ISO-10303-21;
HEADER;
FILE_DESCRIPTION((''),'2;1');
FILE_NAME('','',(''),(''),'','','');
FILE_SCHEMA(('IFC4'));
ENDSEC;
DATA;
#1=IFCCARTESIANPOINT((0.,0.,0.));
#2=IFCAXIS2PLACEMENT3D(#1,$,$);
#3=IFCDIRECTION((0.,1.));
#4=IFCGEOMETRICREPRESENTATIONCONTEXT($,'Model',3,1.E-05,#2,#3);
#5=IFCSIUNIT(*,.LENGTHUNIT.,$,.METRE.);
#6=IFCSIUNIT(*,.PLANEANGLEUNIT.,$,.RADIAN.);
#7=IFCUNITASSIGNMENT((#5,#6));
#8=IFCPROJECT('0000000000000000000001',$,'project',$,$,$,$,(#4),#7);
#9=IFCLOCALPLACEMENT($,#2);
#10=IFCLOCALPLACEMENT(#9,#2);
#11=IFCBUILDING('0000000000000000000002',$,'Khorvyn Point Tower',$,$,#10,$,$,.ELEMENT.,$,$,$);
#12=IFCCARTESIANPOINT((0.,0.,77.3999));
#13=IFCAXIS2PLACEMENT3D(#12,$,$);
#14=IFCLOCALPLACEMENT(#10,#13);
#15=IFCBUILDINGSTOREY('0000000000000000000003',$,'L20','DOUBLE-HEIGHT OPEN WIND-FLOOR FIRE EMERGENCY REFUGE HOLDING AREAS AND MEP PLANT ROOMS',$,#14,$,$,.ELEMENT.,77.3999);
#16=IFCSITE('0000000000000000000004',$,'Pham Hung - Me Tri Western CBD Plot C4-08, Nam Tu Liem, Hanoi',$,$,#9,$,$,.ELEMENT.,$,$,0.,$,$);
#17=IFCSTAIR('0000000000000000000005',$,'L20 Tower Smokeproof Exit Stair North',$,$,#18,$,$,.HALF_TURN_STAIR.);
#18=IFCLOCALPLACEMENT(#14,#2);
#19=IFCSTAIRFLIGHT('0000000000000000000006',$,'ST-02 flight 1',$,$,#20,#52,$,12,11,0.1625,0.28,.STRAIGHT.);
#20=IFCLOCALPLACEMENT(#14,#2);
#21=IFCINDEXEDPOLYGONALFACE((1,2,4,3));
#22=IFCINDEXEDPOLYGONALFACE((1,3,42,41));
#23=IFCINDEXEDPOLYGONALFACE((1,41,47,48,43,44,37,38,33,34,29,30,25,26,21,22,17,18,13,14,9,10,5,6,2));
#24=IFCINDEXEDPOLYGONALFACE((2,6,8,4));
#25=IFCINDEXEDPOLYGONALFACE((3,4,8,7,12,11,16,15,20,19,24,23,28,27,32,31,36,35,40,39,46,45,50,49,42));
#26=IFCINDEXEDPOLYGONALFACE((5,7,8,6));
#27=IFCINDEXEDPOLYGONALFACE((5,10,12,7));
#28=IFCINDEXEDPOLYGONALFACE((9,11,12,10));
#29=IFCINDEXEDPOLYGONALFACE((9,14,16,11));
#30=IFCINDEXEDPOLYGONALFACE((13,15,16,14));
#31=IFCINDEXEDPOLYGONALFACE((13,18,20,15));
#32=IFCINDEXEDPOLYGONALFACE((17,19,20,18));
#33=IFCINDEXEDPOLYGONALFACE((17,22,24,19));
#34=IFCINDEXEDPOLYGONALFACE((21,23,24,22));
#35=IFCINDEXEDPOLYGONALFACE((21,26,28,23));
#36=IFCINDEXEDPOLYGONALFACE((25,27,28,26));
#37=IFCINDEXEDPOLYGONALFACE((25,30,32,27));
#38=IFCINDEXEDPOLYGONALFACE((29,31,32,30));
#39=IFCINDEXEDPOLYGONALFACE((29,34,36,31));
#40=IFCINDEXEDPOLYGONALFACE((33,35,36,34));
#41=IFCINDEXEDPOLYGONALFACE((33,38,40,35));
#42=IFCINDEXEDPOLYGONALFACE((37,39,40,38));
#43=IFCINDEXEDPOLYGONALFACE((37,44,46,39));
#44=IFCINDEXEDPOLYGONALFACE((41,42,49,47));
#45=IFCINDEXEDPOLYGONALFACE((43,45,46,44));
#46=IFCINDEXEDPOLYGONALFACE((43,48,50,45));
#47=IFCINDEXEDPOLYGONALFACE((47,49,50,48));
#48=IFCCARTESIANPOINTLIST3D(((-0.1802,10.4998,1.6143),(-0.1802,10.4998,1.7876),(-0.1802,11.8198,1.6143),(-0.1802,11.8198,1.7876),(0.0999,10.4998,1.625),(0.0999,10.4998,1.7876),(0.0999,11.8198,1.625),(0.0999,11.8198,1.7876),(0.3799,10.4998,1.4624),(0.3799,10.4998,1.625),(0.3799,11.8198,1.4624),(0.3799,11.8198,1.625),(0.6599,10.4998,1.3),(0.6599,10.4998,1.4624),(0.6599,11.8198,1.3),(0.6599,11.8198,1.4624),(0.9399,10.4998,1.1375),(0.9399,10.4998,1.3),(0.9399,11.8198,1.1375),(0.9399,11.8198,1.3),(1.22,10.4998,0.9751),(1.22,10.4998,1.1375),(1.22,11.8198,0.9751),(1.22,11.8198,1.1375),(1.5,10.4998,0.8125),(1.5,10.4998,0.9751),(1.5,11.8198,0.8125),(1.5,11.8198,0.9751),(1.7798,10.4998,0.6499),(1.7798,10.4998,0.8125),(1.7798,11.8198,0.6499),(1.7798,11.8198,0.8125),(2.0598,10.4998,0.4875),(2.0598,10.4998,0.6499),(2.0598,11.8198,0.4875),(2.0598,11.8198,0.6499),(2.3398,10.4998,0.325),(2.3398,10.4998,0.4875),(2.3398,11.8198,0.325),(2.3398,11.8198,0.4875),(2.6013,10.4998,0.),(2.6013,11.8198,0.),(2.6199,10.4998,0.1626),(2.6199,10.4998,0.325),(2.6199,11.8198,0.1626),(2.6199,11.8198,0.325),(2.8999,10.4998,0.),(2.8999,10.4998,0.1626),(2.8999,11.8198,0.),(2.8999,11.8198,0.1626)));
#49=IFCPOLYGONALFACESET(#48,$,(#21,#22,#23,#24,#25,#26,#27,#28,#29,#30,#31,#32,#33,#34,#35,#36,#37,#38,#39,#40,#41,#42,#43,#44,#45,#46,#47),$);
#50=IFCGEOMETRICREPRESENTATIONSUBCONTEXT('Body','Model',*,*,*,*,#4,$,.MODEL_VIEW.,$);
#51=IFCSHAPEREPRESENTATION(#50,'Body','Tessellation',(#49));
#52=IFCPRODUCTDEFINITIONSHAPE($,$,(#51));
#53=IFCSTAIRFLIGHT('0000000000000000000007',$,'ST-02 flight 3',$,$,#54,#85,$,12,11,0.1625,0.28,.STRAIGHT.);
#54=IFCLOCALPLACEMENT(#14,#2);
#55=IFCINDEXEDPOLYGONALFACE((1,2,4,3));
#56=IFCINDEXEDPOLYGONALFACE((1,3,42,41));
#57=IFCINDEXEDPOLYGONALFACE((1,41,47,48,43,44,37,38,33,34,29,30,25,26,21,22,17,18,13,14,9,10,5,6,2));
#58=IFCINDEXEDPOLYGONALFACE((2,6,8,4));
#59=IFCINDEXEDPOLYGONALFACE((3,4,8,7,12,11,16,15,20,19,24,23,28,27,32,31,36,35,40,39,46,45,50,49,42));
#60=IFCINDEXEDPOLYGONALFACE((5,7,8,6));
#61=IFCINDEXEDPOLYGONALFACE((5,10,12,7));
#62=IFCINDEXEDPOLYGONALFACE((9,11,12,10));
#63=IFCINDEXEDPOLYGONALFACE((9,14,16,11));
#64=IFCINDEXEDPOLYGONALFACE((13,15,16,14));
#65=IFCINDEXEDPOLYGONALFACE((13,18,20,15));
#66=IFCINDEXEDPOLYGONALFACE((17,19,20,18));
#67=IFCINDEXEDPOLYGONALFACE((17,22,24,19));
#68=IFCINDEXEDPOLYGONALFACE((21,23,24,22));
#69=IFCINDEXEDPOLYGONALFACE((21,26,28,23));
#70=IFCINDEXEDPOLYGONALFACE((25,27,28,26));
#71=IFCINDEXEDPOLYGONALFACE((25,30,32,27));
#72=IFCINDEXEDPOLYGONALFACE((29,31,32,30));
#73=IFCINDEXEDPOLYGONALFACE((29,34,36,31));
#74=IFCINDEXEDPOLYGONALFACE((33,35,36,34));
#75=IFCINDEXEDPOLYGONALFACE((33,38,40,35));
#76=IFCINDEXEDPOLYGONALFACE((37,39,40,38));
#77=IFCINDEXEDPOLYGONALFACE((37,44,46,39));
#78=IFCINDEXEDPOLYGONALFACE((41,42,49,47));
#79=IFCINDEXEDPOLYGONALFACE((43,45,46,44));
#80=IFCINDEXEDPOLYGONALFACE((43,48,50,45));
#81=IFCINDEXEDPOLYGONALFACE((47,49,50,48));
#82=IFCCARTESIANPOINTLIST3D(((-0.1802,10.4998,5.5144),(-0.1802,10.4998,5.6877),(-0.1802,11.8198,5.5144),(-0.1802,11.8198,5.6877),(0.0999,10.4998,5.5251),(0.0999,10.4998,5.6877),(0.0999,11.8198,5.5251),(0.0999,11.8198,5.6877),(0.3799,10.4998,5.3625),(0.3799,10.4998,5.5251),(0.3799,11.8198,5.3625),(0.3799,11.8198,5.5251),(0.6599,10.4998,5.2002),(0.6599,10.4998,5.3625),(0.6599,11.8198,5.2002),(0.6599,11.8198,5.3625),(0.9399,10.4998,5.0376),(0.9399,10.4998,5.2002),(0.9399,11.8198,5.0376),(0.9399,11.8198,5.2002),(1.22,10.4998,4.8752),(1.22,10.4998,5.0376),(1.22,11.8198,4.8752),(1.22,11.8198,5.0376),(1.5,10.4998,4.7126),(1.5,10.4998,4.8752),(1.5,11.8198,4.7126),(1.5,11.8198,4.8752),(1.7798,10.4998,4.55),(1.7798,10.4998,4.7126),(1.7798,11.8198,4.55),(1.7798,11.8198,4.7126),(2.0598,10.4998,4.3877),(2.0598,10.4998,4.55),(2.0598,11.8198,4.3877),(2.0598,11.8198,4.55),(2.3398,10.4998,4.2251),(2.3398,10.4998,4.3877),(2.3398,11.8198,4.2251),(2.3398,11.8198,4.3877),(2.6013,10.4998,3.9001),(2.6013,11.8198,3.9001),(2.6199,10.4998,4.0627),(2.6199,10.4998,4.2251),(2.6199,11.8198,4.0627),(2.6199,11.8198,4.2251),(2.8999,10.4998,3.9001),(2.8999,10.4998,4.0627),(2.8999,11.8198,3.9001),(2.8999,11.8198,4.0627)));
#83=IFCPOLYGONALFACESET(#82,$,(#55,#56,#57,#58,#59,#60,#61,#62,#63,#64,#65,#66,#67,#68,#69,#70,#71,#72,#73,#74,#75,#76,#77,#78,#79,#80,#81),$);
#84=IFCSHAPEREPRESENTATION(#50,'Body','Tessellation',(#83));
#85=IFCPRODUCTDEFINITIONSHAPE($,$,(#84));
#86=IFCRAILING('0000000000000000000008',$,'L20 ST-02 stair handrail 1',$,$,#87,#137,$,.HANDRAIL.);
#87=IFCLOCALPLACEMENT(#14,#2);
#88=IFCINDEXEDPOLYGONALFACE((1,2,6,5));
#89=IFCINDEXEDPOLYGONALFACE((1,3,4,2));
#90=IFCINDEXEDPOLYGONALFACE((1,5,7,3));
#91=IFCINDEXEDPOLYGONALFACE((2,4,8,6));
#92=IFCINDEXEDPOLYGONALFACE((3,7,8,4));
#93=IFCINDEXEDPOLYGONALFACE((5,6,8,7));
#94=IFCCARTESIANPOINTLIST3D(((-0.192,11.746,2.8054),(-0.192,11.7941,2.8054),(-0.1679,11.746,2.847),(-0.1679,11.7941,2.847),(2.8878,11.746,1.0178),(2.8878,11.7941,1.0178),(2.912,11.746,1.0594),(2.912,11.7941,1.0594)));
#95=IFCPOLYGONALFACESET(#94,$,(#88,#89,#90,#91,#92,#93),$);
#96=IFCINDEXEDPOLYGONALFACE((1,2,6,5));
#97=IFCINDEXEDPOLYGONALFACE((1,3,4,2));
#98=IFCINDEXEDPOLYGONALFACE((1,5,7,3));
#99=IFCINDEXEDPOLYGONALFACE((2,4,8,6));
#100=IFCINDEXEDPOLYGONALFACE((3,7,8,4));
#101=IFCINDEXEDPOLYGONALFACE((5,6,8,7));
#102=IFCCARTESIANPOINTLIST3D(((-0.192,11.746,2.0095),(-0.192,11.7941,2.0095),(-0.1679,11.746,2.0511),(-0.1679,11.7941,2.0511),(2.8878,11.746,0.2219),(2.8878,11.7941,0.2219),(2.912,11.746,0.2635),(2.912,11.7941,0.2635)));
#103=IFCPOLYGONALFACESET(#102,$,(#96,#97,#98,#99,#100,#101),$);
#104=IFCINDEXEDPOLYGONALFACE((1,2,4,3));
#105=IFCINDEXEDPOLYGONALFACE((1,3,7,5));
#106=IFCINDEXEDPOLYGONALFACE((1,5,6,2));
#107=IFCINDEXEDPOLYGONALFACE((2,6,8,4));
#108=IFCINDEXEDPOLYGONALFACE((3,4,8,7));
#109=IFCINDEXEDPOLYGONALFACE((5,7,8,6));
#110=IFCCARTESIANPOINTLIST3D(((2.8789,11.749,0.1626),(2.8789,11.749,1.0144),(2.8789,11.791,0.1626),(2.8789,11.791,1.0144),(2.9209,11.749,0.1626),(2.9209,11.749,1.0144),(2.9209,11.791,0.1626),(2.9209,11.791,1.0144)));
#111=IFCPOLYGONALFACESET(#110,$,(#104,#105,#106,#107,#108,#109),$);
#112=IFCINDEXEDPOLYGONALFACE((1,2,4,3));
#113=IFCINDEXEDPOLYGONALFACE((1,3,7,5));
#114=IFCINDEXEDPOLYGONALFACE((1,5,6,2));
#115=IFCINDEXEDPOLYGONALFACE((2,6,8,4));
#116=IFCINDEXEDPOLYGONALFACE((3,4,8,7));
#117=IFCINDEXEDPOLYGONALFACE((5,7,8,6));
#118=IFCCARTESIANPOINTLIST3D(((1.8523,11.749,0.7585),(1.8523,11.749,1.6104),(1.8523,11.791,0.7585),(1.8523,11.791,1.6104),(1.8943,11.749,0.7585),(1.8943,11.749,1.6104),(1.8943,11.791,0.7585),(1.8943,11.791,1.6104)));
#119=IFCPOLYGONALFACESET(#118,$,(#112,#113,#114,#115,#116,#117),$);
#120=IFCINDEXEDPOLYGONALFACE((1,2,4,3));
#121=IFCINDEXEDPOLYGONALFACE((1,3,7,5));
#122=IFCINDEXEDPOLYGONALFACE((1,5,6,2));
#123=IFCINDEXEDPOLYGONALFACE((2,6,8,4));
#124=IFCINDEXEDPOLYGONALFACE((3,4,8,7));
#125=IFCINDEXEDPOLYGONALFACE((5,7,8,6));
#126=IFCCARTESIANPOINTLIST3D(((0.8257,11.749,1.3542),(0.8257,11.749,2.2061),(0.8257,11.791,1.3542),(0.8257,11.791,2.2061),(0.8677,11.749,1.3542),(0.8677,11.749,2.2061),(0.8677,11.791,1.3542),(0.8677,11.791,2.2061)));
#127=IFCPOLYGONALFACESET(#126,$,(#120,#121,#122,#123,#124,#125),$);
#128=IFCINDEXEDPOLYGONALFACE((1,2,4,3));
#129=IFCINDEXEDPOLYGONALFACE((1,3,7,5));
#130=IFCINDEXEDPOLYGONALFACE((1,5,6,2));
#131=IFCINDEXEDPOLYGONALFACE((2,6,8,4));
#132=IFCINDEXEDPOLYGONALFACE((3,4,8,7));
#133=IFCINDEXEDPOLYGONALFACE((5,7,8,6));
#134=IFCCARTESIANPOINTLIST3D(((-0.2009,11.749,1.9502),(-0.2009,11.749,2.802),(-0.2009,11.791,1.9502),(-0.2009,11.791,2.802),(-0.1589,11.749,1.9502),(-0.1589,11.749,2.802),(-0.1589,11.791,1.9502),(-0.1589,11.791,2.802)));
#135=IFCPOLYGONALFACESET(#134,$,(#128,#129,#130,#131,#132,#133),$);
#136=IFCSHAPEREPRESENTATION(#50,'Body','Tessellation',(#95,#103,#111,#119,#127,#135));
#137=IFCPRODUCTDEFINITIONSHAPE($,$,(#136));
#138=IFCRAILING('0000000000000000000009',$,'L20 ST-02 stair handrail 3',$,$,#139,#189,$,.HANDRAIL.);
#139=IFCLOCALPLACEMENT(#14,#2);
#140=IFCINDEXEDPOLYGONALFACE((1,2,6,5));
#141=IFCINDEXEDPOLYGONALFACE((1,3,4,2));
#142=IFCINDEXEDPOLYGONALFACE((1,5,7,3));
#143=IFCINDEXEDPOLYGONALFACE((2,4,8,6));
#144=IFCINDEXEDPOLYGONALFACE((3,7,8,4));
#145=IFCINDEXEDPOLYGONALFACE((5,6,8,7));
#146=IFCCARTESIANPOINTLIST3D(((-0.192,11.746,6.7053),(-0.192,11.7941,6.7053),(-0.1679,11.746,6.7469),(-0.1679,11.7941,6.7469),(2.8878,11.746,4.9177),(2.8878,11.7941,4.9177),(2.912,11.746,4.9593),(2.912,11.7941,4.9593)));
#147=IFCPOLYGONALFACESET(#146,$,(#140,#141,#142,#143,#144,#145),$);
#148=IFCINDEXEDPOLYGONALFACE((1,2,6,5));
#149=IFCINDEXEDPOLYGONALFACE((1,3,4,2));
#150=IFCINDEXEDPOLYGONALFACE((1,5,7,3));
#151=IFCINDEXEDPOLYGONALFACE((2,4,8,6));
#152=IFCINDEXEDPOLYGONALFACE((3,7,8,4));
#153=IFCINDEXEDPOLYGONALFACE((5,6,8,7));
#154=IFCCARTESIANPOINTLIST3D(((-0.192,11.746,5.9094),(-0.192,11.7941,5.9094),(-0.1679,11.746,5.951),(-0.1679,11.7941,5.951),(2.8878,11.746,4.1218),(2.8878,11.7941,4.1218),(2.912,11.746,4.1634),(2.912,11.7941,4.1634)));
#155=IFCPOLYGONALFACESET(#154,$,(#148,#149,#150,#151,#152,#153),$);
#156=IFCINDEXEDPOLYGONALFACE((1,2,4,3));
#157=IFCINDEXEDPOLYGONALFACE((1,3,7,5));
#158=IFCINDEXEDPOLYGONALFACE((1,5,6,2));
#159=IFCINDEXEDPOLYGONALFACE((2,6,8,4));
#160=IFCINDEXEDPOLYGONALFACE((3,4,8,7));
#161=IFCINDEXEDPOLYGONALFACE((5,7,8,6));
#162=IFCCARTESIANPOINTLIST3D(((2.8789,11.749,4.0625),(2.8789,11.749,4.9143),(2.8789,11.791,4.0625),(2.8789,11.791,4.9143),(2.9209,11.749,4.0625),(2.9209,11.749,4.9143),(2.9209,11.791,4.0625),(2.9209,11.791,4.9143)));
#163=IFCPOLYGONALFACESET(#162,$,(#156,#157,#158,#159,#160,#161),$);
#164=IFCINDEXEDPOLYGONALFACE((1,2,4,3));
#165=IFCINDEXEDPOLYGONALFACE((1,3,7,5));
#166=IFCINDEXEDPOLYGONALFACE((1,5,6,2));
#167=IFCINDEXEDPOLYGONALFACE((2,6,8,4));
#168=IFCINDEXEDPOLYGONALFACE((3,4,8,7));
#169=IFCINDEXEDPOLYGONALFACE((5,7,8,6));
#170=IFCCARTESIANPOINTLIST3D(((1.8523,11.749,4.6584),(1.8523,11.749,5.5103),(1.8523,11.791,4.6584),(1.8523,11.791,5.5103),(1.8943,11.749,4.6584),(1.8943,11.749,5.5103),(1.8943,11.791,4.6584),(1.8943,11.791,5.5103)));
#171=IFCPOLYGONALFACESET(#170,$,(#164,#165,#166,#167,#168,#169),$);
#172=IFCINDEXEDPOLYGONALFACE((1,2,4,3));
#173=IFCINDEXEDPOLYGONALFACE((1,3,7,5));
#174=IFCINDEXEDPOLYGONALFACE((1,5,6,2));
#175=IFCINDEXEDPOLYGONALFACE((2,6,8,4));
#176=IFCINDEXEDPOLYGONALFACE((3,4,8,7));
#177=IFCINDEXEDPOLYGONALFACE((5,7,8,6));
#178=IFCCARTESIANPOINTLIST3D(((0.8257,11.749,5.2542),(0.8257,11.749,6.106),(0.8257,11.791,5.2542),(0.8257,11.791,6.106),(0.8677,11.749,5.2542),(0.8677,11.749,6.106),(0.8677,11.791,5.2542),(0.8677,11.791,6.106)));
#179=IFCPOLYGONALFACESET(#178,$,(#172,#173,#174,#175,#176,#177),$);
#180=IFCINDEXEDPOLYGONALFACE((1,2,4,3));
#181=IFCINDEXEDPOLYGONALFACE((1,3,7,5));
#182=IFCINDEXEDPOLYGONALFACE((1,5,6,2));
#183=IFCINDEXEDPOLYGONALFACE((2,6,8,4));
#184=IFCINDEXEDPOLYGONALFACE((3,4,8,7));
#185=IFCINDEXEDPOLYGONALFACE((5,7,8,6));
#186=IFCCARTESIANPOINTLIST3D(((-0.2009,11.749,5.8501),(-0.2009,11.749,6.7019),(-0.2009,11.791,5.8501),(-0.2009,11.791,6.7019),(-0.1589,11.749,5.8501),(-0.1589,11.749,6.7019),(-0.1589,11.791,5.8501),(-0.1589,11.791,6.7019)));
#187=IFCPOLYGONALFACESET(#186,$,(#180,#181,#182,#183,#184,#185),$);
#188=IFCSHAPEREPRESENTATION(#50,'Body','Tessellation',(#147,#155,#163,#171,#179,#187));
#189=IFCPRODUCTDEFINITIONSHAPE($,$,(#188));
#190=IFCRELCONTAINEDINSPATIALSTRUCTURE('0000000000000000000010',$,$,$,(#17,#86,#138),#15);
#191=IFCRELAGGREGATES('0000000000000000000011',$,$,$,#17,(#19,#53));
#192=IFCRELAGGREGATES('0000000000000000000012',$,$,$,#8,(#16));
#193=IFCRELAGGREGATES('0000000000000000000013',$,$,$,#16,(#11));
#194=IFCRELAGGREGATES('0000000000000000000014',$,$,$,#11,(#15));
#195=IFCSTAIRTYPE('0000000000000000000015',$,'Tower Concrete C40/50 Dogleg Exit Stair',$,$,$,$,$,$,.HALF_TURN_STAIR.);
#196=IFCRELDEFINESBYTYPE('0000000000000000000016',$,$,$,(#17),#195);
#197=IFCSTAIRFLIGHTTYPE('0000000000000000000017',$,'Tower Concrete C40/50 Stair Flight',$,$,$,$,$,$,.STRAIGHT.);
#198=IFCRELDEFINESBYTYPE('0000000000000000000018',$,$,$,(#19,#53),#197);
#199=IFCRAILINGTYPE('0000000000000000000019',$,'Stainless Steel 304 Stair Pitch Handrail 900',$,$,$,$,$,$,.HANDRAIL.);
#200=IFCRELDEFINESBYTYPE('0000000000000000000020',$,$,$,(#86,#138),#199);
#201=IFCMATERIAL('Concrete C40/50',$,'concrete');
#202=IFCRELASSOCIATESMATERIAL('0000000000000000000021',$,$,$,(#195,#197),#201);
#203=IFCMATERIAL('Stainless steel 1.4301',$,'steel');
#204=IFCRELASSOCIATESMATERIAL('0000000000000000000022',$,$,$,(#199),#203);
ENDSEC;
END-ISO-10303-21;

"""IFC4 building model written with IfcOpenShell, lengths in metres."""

from ifc_helpers import new_model, si_unit, direction, frame, origin, origin_2d, place, context, subcontext, project, spatial, polyline, rectangle, outline, extrude, material, type_object, element, aggregate, save


model = new_model("IFC4")

# Units and contexts
model_context = context("Model", 3, precision=1e-05, world=origin(), true_north=direction((0.0, 1.0)))
body_context = subcontext(model_context, "Body", "Model", "MODEL_VIEW")
ifc_project = project(units=[si_unit("LENGTHUNIT", "METRE"), si_unit("PLANEANGLEUNIT", "RADIAN")], contexts=[model_context])

# Site, building, storey
site_placement = place(None, origin())
site = spatial("IfcSite", under=ifc_project, at=site_placement, Name="Pham Hung - Me Tri Western CBD Plot C4-08, Nam Tu Liem, Hanoi", CompositionType="ELEMENT", RefElevation=0.0)
building_placement = place(site_placement, origin())
building = spatial("IfcBuilding", under=site, at=building_placement, Name="Khorvyn Point Tower", CompositionType="ELEMENT")
storey_placement = place(building_placement, frame((0.0, 0.0, 77.3999)))
storey = spatial("IfcBuildingStorey", under=building, at=storey_placement, Name="L20", Description="DOUBLE-HEIGHT OPEN WIND-FLOOR FIRE EMERGENCY REFUGE HOLDING AREAS AND MEP PLANT ROOMS", CompositionType="ELEMENT", Elevation=77.3999)

# Shared definitions
ifc_material_1 = material(Name="Concrete C40/50", Category="concrete")

# Stair, stair flights
stair_type = type_object("IfcStairType", Name="Tower Concrete C40/50 Dogleg Exit Stair", PredefinedType="HALF_TURN_STAIR", material=ifc_material_1)
stair_placement = place(storey_placement, origin())
stair = element("IfcStair", 1, at=stair_placement, inside=storey, type_object=stair_type, Name="L20 Tower Smokeproof Exit Stair North", PredefinedType="HALF_TURN_STAIR")
stair_flight_type = type_object("IfcStairFlightType", Name="Tower Concrete C40/50 Stair Flight", PredefinedType="STRAIGHT", material=ifc_material_1)
stair_flight_1_placement = place(storey_placement, frame((2.8999, 11.1599, 0.0), z_axis=(0.0, 0.0, 1.0), x_axis=(-1.0, 0.0, 0.0)))
stair_flight_1 = element("IfcStairFlight", 2, at=stair_flight_1_placement, type_object=stair_flight_type, Name="ST-02 flight 1", NumberOfRisers=12, NumberOfTreads=11, PredefinedType="STRAIGHT", RiserHeight=0.1625, TreadLength=0.28, context=body_context, shape_type="SweptSolid", body=[
    extrude(outline(polyline([(0.0, 0.0), (0.0, 0.1626), (0.28, 0.1626), (0.28, 0.325), (0.5601, 0.325), (0.5601, 0.4875), (0.8401, 0.4875), (0.8401, 0.6499), (1.1201, 0.6499), (1.1201, 0.8125), (1.3999, 0.8125), (1.3999, 0.9751), (1.6799, 0.9751), (1.6799, 1.1375), (1.96, 1.1375), (1.96, 1.3), (2.24, 1.3), (2.24, 1.4624), (2.52, 1.4624), (2.52, 1.625), (2.8, 1.625), (2.8, 1.7876), (3.0801, 1.7876), (3.0801, 1.95), (3.0801, 1.6143), (0.2986, 0.0), (0.0, 0.0)])), frame((0.0, 0.6602, 0.0), z_axis=(0.0, -1.0, 0.0), x_axis=(1.0, 0.0, 0.0)), (0.0, 0.0, 1.0), 1.3201),
])
stair_flight_2_placement = place(storey_placement, frame((2.8999, 11.1599, 3.9001), z_axis=(0.0, 0.0, 1.0), x_axis=(-1.0, 0.0, 0.0)))
stair_flight_2 = element("IfcStairFlight", 3, at=stair_flight_2_placement, type_object=stair_flight_type, Name="ST-02 flight 3", NumberOfRisers=12, NumberOfTreads=11, PredefinedType="STRAIGHT", RiserHeight=0.1625, TreadLength=0.28, context=body_context, shape_type="SweptSolid", body=[
    extrude(outline(polyline([(0.0, 0.0), (0.0, 0.1626), (0.28, 0.1626), (0.28, 0.325), (0.5601, 0.325), (0.5601, 0.4875), (0.8401, 0.4875), (0.8401, 0.6499), (1.1201, 0.6499), (1.1201, 0.8125), (1.3999, 0.8125), (1.3999, 0.9751), (1.6799, 0.9751), (1.6799, 1.1375), (1.96, 1.1375), (1.96, 1.3), (2.24, 1.3), (2.24, 1.4624), (2.52, 1.4624), (2.52, 1.625), (2.8, 1.625), (2.8, 1.7876), (3.0801, 1.7876), (3.0801, 1.95), (3.0801, 1.6143), (0.2986, 0.0), (0.0, 0.0)])), frame((0.0, 0.6602, 0.0), z_axis=(0.0, -1.0, 0.0), x_axis=(1.0, 0.0, 0.0)), (0.0, 0.0, 1.0), 1.3201),
])
aggregate(stair, [stair_flight_1, stair_flight_2])

# Railings
ifc_material_2 = material(Name="Stainless steel 1.4301", Category="steel")
railing_type_1 = type_object("IfcRailingType", Name="Stainless Steel 304 Stair Pitch Handrail 900", PredefinedType="HANDRAIL", material=ifc_material_2)
for number, where, name in (
    (4, (2.8999, 11.77, 0.1626), "L20 ST-02 stair handrail 1"),
    (5, (2.8999, 11.77, 4.0625), "L20 ST-02 stair handrail 3"),
):
    element("IfcRailing", number, at=place(storey_placement, frame(where)), inside=storey, type_object=railing_type_1, Name=name, PredefinedType="HANDRAIL", context=body_context, shape_type="SweptSolid", body=[
        extrude(rectangle(XDim=0.0481, YDim=0.0481, at=origin_2d()), frame((0.0, 0.0, 0.876), z_axis=(-0.864873, 0.0, 0.50199), x_axis=(0.0, -1.0, 0.0)), (0.0, 0.0, 1.0), 3.561),
        extrude(rectangle(XDim=0.0481, YDim=0.0481, at=origin_2d()), frame((0.0, 0.0, 0.0801), z_axis=(-0.864873, 0.0, 0.50199), x_axis=(0.0, -1.0, 0.0)), (0.0, 0.0, 1.0), 3.561),
        extrude(rectangle(XDim=0.042, YDim=0.042, at=origin_2d()), origin(), (0.0, 0.0, 1.0), 0.8518),
        extrude(rectangle(XDim=0.042, YDim=0.042, at=origin_2d()), frame((-1.0266, 0.0, 0.5959)), (0.0, 0.0, 1.0), 0.8518),
        extrude(rectangle(XDim=0.042, YDim=0.042, at=origin_2d()), frame((-2.0532, 0.0, 1.1917)), (0.0, 0.0, 1.0), 0.8518),
        extrude(rectangle(XDim=0.042, YDim=0.042, at=origin_2d()), frame((-3.0798, 0.0, 1.7876)), (0.0, 0.0, 1.0), 0.8518),
    ])

save(model, "model.ifc")
